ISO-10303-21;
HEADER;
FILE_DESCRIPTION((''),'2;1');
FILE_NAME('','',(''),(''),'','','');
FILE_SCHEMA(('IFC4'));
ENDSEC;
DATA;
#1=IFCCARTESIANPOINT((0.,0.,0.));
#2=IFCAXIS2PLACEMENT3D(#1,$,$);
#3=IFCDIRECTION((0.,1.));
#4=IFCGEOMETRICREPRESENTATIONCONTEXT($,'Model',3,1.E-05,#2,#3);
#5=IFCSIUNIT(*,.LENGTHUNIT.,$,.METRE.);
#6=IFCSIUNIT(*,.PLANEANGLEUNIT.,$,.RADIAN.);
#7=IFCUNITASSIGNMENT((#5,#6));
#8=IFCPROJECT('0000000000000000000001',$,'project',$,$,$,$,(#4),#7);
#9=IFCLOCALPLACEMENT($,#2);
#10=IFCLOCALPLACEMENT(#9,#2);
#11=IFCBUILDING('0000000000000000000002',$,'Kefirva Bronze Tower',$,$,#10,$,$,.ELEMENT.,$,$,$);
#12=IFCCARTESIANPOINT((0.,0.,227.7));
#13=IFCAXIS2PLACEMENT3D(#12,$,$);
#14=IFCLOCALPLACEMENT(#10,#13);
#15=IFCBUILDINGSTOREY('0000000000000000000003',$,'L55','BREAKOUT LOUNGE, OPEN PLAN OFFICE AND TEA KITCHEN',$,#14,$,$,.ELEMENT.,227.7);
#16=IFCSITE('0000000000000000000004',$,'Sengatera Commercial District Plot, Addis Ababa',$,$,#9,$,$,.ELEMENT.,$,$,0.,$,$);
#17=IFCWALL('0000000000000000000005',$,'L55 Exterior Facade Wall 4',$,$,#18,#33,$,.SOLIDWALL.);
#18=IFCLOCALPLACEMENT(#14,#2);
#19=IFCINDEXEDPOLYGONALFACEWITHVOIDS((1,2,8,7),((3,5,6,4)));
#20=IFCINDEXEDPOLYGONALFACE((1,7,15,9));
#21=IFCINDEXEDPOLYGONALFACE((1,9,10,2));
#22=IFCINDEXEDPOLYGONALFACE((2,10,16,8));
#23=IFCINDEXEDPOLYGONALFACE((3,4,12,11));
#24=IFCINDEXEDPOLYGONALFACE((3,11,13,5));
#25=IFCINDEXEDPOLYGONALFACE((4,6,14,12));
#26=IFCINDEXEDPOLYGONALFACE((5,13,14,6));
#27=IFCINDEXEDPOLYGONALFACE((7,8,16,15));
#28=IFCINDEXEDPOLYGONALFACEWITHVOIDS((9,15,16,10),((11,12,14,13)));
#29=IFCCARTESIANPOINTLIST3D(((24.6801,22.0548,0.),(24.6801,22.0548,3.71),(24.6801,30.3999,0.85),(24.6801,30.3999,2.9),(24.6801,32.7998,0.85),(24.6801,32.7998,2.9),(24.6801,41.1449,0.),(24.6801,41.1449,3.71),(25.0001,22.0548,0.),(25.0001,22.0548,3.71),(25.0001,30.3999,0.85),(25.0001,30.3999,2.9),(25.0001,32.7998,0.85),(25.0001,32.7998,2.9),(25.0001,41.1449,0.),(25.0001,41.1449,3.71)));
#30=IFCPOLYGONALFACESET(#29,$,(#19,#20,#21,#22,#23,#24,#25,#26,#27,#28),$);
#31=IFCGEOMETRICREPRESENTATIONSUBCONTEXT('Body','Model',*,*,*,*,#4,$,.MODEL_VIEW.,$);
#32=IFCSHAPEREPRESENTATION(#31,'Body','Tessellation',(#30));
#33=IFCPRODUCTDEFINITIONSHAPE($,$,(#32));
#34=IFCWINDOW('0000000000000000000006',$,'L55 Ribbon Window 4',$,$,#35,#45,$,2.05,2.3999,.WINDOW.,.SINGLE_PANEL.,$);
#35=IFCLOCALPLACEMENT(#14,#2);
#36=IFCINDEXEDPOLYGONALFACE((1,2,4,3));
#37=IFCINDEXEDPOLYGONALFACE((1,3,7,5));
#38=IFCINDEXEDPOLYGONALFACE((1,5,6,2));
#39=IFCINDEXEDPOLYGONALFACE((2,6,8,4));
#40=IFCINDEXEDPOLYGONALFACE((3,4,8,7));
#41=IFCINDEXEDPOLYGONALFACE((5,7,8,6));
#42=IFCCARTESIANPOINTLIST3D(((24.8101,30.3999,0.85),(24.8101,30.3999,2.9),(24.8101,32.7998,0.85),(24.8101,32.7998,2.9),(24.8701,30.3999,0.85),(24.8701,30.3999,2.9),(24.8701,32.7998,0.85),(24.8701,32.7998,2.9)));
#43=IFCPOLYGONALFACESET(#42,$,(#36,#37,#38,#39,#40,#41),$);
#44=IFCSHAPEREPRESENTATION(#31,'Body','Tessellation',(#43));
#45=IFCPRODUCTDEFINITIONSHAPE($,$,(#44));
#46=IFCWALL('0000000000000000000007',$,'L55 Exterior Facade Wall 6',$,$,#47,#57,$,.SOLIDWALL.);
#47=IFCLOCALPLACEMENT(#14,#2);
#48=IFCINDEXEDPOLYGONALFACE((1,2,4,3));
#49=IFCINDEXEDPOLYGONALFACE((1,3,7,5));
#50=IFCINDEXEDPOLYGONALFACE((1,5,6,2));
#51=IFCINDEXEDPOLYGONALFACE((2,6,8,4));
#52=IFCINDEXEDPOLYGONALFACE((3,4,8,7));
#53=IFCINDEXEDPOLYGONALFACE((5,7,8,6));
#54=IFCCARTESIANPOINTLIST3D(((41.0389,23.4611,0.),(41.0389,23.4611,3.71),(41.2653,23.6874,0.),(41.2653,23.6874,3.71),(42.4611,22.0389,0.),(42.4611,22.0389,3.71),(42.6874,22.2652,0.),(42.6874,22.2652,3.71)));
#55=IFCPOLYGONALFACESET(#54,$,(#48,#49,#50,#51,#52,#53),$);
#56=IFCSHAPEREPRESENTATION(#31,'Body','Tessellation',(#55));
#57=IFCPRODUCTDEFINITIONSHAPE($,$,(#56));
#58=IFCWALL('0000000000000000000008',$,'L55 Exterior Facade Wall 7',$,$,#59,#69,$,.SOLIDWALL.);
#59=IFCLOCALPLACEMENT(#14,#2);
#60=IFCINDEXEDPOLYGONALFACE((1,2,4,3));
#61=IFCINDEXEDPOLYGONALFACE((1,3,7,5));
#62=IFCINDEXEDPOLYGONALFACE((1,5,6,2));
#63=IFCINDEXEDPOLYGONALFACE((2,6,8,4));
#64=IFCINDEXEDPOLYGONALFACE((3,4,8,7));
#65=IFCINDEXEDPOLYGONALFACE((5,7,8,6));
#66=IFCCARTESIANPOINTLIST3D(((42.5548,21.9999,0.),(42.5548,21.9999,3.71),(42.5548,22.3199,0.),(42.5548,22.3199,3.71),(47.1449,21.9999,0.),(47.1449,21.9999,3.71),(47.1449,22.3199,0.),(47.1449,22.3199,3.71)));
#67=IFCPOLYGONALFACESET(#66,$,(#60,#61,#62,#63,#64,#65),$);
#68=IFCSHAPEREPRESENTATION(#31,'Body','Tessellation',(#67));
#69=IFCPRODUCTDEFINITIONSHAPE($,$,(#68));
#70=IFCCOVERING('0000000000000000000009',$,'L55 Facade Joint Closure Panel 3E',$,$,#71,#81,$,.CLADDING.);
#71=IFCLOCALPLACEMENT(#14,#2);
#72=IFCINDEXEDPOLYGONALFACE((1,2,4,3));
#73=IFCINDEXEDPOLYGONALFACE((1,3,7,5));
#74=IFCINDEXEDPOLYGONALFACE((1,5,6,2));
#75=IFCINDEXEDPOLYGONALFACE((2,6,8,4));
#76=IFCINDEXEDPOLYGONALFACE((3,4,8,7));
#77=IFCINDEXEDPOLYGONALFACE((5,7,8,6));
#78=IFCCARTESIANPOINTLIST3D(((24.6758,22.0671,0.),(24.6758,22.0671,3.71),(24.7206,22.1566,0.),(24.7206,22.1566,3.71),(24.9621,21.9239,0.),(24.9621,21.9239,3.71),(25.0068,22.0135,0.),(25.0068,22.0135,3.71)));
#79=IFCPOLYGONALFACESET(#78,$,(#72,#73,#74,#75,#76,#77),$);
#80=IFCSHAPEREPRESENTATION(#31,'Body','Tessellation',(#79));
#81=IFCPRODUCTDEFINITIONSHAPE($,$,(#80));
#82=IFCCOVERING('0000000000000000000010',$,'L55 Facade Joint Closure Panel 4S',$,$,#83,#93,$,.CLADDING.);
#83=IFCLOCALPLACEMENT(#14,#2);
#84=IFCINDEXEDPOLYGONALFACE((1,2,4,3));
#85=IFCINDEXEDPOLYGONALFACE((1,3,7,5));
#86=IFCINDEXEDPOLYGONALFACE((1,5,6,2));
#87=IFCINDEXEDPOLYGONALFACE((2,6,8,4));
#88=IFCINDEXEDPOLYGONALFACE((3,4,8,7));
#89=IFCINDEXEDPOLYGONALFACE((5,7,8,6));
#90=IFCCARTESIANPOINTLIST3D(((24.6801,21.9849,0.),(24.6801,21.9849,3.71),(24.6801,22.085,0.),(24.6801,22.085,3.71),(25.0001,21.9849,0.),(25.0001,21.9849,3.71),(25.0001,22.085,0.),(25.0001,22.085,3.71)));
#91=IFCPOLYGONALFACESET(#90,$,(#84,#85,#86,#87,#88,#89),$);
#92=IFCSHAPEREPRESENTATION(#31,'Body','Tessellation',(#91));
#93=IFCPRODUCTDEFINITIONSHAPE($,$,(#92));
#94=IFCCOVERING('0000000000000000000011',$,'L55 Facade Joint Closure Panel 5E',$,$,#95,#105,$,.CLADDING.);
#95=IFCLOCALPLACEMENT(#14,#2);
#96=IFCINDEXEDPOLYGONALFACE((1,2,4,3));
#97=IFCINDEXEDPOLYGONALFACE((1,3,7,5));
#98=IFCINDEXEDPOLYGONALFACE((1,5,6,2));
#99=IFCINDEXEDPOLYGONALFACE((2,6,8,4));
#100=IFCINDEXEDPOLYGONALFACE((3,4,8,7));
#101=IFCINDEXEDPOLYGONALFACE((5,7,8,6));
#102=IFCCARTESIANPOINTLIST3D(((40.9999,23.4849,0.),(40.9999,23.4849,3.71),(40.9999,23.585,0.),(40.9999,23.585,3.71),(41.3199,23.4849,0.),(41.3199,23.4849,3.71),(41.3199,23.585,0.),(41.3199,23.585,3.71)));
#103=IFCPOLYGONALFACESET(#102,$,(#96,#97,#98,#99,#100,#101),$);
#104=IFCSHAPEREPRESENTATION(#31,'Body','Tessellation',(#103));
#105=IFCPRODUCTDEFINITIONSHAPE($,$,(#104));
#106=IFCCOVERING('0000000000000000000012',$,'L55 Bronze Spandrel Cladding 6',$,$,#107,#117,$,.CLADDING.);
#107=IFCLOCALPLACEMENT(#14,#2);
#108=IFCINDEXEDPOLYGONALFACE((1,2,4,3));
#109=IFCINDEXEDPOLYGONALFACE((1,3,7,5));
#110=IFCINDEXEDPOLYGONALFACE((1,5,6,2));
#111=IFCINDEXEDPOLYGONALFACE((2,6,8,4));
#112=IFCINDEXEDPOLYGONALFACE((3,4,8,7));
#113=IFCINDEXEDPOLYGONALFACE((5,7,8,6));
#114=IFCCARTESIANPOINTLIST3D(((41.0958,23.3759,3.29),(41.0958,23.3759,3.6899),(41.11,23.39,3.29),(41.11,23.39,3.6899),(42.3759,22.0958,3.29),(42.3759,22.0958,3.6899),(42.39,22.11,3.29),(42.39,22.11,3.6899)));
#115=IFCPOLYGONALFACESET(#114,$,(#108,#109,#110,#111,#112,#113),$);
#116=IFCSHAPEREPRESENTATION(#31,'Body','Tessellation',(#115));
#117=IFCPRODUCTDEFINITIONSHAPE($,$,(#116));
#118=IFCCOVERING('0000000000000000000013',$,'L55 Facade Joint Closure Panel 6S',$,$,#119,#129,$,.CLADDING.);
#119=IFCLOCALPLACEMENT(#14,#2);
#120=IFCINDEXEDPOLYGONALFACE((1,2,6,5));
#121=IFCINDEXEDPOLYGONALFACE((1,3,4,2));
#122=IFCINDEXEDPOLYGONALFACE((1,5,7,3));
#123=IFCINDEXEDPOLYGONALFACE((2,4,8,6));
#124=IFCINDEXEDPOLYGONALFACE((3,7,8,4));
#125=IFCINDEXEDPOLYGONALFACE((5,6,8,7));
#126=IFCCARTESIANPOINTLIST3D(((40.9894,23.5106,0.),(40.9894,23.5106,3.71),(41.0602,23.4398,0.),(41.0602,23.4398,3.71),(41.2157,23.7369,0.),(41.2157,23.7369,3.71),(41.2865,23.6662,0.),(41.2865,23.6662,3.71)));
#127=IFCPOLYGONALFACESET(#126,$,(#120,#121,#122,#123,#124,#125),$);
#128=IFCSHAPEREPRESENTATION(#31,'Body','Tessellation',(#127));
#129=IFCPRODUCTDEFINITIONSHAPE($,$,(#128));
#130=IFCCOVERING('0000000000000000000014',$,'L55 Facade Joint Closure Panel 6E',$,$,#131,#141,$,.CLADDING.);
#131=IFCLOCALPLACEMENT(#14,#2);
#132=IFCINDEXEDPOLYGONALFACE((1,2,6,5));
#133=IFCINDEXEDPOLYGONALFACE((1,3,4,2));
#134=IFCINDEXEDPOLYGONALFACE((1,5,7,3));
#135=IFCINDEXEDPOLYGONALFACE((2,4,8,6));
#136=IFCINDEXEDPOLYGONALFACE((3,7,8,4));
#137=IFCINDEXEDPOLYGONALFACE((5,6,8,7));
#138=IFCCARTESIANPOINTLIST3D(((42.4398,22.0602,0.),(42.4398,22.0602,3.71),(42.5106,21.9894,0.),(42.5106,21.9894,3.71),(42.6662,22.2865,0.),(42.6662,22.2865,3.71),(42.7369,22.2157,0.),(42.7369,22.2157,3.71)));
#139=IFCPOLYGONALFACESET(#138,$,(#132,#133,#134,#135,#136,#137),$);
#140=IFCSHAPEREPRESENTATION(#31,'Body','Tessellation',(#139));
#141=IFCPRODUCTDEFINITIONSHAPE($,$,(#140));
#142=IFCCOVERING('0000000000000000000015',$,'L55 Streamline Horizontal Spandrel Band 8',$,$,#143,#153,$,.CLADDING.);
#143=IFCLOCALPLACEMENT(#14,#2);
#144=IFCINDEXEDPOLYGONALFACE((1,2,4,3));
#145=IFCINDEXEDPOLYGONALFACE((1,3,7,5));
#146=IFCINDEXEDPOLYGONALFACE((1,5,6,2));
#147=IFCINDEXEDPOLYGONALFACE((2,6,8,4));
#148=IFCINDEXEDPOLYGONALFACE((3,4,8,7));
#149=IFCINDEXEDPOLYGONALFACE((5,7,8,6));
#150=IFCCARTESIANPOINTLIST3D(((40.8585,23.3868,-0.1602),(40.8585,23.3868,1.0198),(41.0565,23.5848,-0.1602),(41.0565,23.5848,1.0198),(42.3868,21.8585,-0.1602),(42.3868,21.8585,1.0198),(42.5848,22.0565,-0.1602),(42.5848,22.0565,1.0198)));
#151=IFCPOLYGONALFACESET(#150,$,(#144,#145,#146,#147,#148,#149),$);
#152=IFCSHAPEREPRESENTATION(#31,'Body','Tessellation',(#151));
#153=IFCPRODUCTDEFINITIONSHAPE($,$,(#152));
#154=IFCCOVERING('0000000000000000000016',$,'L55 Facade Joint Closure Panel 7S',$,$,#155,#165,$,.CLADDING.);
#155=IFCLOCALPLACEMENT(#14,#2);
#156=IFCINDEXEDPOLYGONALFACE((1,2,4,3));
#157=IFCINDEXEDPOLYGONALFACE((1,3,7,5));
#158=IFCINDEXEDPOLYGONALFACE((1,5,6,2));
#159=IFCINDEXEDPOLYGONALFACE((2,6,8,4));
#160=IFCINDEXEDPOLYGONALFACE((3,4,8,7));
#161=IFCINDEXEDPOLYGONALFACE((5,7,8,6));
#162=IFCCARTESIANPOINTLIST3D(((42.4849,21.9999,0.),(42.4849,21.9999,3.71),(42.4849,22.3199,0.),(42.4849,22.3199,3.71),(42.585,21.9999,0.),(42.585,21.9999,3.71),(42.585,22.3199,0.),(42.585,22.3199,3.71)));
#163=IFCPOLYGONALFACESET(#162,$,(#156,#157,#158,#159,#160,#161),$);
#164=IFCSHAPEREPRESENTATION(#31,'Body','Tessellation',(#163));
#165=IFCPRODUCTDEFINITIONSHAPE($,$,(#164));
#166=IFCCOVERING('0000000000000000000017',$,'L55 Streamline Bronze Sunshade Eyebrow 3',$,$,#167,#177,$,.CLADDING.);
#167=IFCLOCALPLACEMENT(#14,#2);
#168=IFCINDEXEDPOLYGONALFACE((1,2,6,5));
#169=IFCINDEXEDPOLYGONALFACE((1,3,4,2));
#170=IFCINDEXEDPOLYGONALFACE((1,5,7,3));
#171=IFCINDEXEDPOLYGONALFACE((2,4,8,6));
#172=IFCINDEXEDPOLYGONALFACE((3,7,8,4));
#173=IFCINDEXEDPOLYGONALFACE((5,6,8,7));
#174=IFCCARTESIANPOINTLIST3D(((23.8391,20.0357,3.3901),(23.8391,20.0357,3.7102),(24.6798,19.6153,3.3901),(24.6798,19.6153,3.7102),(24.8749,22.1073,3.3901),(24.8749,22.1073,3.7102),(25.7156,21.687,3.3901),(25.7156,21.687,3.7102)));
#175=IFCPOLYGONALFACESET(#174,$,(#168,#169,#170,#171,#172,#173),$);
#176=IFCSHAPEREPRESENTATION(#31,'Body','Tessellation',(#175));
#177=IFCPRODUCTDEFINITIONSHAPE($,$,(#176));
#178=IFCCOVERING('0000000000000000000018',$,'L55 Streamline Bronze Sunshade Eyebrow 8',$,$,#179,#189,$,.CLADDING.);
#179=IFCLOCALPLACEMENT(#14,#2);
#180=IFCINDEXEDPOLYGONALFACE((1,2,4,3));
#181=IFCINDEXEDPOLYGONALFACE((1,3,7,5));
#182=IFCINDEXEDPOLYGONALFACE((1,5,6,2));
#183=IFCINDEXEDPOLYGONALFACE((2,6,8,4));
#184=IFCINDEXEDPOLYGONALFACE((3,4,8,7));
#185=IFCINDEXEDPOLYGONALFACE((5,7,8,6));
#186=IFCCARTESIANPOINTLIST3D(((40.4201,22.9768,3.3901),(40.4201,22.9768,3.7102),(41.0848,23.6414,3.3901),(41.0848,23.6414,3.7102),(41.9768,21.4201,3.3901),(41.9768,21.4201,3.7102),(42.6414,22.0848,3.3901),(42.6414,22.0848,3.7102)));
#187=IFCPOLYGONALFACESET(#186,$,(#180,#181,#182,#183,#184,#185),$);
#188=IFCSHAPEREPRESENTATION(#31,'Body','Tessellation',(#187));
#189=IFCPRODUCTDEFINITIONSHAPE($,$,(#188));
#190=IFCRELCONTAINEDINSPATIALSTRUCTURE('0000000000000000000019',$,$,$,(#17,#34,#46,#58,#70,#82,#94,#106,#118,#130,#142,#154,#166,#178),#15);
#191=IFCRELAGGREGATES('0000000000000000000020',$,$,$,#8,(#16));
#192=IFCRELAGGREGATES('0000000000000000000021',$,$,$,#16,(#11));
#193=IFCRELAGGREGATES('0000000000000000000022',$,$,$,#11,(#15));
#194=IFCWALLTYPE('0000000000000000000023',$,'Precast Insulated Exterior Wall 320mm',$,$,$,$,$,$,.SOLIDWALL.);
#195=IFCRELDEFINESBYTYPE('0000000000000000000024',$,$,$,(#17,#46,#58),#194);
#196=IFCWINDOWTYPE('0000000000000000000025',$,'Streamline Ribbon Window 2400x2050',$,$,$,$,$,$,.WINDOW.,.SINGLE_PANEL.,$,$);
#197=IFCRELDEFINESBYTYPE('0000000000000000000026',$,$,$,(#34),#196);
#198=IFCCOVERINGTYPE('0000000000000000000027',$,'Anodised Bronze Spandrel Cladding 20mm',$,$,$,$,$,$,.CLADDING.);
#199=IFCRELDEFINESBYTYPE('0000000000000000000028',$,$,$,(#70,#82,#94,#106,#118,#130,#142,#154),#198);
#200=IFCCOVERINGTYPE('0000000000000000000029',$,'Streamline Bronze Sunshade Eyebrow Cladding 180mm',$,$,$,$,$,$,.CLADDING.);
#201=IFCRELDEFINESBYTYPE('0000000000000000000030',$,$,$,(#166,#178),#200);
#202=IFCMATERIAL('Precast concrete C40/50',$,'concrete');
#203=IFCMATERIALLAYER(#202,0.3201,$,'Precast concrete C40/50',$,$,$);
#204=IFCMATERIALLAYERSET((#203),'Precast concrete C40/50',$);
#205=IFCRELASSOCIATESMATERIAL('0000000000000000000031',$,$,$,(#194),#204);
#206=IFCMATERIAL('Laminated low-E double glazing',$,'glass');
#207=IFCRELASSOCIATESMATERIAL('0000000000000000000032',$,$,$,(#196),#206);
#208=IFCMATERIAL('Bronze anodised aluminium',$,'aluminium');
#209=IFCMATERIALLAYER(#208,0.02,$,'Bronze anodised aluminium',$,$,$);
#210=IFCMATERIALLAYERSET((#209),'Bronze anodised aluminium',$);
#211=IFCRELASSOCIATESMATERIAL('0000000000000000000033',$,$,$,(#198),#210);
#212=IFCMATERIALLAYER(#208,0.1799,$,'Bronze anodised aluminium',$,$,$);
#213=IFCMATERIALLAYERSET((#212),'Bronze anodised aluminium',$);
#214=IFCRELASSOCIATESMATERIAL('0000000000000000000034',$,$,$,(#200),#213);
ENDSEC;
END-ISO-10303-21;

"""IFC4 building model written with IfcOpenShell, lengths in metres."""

from ifc_helpers import new_model, si_unit, direction, frame, frame_2d, origin, origin_2d, place, context, subcontext, project, spatial, rectangle, extrude, material, layer, layer_set, type_object, element, fill, save


model = new_model("IFC4")

# Units and contexts
model_context = context("Model", 3, precision=1e-05, world=origin(), true_north=direction((0.0, 1.0)))
body_context = subcontext(model_context, "Body", "Model", "MODEL_VIEW")
ifc_project = project(units=[si_unit("LENGTHUNIT", "METRE"), si_unit("PLANEANGLEUNIT", "RADIAN")], contexts=[model_context])

# Site, building, storey
site_placement = place(None, origin())
site = spatial("IfcSite", under=ifc_project, at=site_placement, Name="Sengatera Commercial District Plot, Addis Ababa", CompositionType="ELEMENT", RefElevation=0.0)
building_placement = place(site_placement, origin())
building = spatial("IfcBuilding", under=site, at=building_placement, Name="Kefirva Bronze Tower", CompositionType="ELEMENT")
storey_placement = place(building_placement, frame((0.0, 0.0, 227.7)))
storey = spatial("IfcBuildingStorey", under=building, at=storey_placement, Name="L55", Description="BREAKOUT LOUNGE, OPEN PLAN OFFICE AND TEA KITCHEN", CompositionType="ELEMENT", Elevation=227.7)

# Wall, opening, window
ifc_material_1 = material(Name="Precast concrete C40/50", Category="concrete")
ifc_layer_1 = layer(ifc_material_1, 0.3201, Name="Precast concrete C40/50")
ifc_layer_set_1 = layer_set([ifc_layer_1], Name="Precast concrete C40/50")
wall_type = type_object("IfcWallType", Name="Precast Insulated Exterior Wall 320mm", PredefinedType="SOLIDWALL", material=ifc_layer_set_1)
wall_1_placement = place(storey_placement, frame((24.8401, 22.0549, 0.0), z_axis=(0.0, 0.0, 1.0), x_axis=(0.0, 1.0, 0.0)))
wall_1 = element("IfcWall", 1, at=wall_1_placement, inside=storey, type_object=wall_type, Name="L55 Exterior Facade Wall 4", PredefinedType="SOLIDWALL", context=body_context, shape_type="SweptSolid", body=[
    extrude(rectangle(XDim=19.0901, YDim=0.3201, at=frame_2d((9.5449, 0.0))), origin(), (0.0, 0.0, 1.0), 3.71),
])
opening_placement = place(wall_1_placement, frame((8.345, 0.0, 0.8501)))
opening = element("IfcOpeningElement", 2, at=opening_placement, cuts=wall_1, PredefinedType="OPENING", context=body_context, shape_type="SweptSolid", body=[
    extrude(rectangle(XDim=2.3999, YDim=2.05, at=frame_2d((1.2, 1.0249))), frame((0.0, 0.1699, 0.0), z_axis=(0.0, -1.0, 0.0), x_axis=(1.0, 0.0, 0.0)), (0.0, 0.0, 1.0), 0.3401),
])
ifc_material_2 = material(Name="Laminated low-E double glazing", Category="glass")
window_type = type_object("IfcWindowType", Name="Streamline Ribbon Window 2400x2050", PartitioningType="SINGLE_PANEL", PredefinedType="WINDOW", material=ifc_material_2)
window_placement = place(opening_placement, origin())
window = element("IfcWindow", 3, at=window_placement, inside=storey, type_object=window_type, Name="L55 Ribbon Window 4", OverallHeight=2.05, OverallWidth=2.3999, PartitioningType="SINGLE_PANEL", PredefinedType="WINDOW", context=body_context, shape_type="SweptSolid", body=[
    extrude(rectangle(XDim=2.3999, YDim=2.05, at=frame_2d((1.2, 1.0249))), frame((0.0, 0.03, 0.0), z_axis=(0.0, -1.0, 0.0), x_axis=(1.0, 0.0, 0.0)), (0.0, 0.0, 1.0), 0.0601),
])
fill(opening, window)

# Walls
wall_2_placement = place(storey_placement, frame((41.1521, 23.5742, 0.0), z_axis=(0.0, 0.0, 1.0), x_axis=(0.707107, -0.707107, 0.0)))
element("IfcWall", 4, at=wall_2_placement, inside=storey, type_object=wall_type, Name="L55 Exterior Facade Wall 6", PredefinedType="SOLIDWALL", context=body_context, shape_type="SweptSolid", body=[
    extrude(rectangle(XDim=2.0112, YDim=0.3201, at=frame_2d((1.0056, 0.0))), origin(), (0.0, 0.0, 1.0), 3.71),
])
wall_3_placement = place(storey_placement, frame((42.5549, 22.1599, 0.0), z_axis=(0.0, 0.0, 1.0), x_axis=(1.0, 0.0, 0.0)))
element("IfcWall", 5, at=wall_3_placement, inside=storey, type_object=wall_type, Name="L55 Exterior Facade Wall 7", PredefinedType="SOLIDWALL", context=body_context, shape_type="SweptSolid", body=[
    extrude(rectangle(XDim=4.5901, YDim=0.3201, at=frame_2d((2.2949, 0.0))), origin(), (0.0, 0.0, 1.0), 3.71),
])

# Coverings
ifc_material_3 = material(Name="Bronze anodised aluminium", Category="aluminium")
ifc_layer_2 = layer(ifc_material_3, 0.02, Name="Bronze anodised aluminium")
ifc_layer_set_2 = layer_set([ifc_layer_2], Name="Bronze anodised aluminium")
covering_type_1 = type_object("IfcCoveringType", Name="Anodised Bronze Spandrel Cladding 20mm", PredefinedType="CLADDING", material=ifc_layer_set_2)
for number, where, z_axis, x_axis, name in (
    (6, (24.8413, 22.0403, 0.0), (0.0, 0.0, 1.0), (0.447214, 0.894427, 0.0), "L55 Facade Joint Closure Panel 3E"),
    (7, (24.8401, 22.0349, 0.0), (0.0, 0.0, 1.0), (0.0, 1.0, 0.0), "L55 Facade Joint Closure Panel 4S"),
    (8, (41.1599, 23.5349, 0.0), (0.0, 0.0, 1.0), (0.0, -1.0, 0.0), "L55 Facade Joint Closure Panel 5E"),
):
    element("IfcCovering", number, at=place(storey_placement, frame(where, z_axis=z_axis, x_axis=x_axis)), inside=storey, type_object=covering_type_1, Name=name, PredefinedType="CLADDING", context=body_context, shape_type="SweptSolid", body=[
        extrude(rectangle(XDim=0.1001, YDim=0.3201, at=origin_2d()), origin(), (0.0, 0.0, 1.0), 3.71),
    ])
covering_1_placement = place(storey_placement, frame((41.7429, 22.7429, 3.29), z_axis=(0.0, 0.0, 1.0), x_axis=(0.707107, -0.707107, 0.0)))
element("IfcCovering", 9, at=covering_1_placement, inside=storey, type_object=covering_type_1, Name="L55 Bronze Spandrel Cladding 6", PredefinedType="CLADDING", context=body_context, shape_type="SweptSolid", body=[
    extrude(rectangle(XDim=1.8103, YDim=0.02, at=origin_2d()), origin(), (0.0, 0.0, 1.0), 0.3999),
])
for number, where, z_axis, x_axis, name in (
    (10, (41.1379, 23.5884, 0.0), (0.0, 0.0, 1.0), (0.707107, -0.707107, 0.0), "L55 Facade Joint Closure Panel 6S"),
    (11, (42.5884, 22.1379, 0.0), (0.0, 0.0, 1.0), (0.707107, -0.707107, 0.0), "L55 Facade Joint Closure Panel 6E"),
):
    element("IfcCovering", number, at=place(storey_placement, frame(where, z_axis=z_axis, x_axis=x_axis)), inside=storey, type_object=covering_type_1, Name=name, PredefinedType="CLADDING", context=body_context, shape_type="SweptSolid", body=[
        extrude(rectangle(XDim=0.1001, YDim=0.3201, at=origin_2d()), origin(), (0.0, 0.0, 1.0), 3.71),
    ])
covering_2_placement = place(storey_placement, frame((41.7217, 22.7217, -0.1602), z_axis=(0.0, 0.0, 1.0), x_axis=(0.707107, -0.707107, 0.0)))
element("IfcCovering", 12, at=covering_2_placement, inside=storey, type_object=covering_type_1, Name="L55 Streamline Horizontal Spandrel Band 8", PredefinedType="CLADDING", context=body_context, shape_type="SweptSolid", body=[
    extrude(rectangle(XDim=2.1614, YDim=0.28, at=origin_2d()), origin(), (0.0, 0.0, 1.0), 1.1799),
])
covering_3_placement = place(storey_placement, frame((42.5349, 22.1599, 0.0), z_axis=(0.0, 0.0, 1.0), x_axis=(1.0, 0.0, 0.0)))
element("IfcCovering", 13, at=covering_3_placement, inside=storey, type_object=covering_type_1, Name="L55 Facade Joint Closure Panel 7S", PredefinedType="CLADDING", context=body_context, shape_type="SweptSolid", body=[
    extrude(rectangle(XDim=0.1001, YDim=0.3201, at=origin_2d()), origin(), (0.0, 0.0, 1.0), 3.71),
])
ifc_layer_3 = layer(ifc_material_3, 0.1799, Name="Bronze anodised aluminium")
ifc_layer_set_3 = layer_set([ifc_layer_3], Name="Bronze anodised aluminium")
covering_type_2 = type_object("IfcCoveringType", Name="Streamline Bronze Sunshade Eyebrow Cladding 180mm", PredefinedType="CLADDING", material=ifc_layer_set_3)
covering_4_placement = place(storey_placement, frame((24.7773, 20.8613, 3.3901), z_axis=(0.0, 0.0, 1.0), x_axis=(0.447214, 0.894427, 0.0)))
element("IfcCovering", 14, at=covering_4_placement, inside=storey, type_object=covering_type_2, Name="L55 Streamline Bronze Sunshade Eyebrow 3", PredefinedType="CLADDING", context=body_context, shape_type="SweptSolid", body=[
    extrude(rectangle(XDim=2.3162, YDim=0.9399, at=origin_2d()), origin(), (0.0, 0.0, 1.0), 0.3201),
])
covering_5_placement = place(storey_placement, frame((41.5308, 22.5308, 3.3901), z_axis=(0.0, 0.0, 1.0), x_axis=(0.707107, -0.707107, 0.0)))
element("IfcCovering", 15, at=covering_5_placement, inside=storey, type_object=covering_type_2, Name="L55 Streamline Bronze Sunshade Eyebrow 8", PredefinedType="CLADDING", context=body_context, shape_type="SweptSolid", body=[
    extrude(rectangle(XDim=2.2014, YDim=0.9399, at=origin_2d()), origin(), (0.0, 0.0, 1.0), 0.3201),
])

save(model, "model.ifc")
